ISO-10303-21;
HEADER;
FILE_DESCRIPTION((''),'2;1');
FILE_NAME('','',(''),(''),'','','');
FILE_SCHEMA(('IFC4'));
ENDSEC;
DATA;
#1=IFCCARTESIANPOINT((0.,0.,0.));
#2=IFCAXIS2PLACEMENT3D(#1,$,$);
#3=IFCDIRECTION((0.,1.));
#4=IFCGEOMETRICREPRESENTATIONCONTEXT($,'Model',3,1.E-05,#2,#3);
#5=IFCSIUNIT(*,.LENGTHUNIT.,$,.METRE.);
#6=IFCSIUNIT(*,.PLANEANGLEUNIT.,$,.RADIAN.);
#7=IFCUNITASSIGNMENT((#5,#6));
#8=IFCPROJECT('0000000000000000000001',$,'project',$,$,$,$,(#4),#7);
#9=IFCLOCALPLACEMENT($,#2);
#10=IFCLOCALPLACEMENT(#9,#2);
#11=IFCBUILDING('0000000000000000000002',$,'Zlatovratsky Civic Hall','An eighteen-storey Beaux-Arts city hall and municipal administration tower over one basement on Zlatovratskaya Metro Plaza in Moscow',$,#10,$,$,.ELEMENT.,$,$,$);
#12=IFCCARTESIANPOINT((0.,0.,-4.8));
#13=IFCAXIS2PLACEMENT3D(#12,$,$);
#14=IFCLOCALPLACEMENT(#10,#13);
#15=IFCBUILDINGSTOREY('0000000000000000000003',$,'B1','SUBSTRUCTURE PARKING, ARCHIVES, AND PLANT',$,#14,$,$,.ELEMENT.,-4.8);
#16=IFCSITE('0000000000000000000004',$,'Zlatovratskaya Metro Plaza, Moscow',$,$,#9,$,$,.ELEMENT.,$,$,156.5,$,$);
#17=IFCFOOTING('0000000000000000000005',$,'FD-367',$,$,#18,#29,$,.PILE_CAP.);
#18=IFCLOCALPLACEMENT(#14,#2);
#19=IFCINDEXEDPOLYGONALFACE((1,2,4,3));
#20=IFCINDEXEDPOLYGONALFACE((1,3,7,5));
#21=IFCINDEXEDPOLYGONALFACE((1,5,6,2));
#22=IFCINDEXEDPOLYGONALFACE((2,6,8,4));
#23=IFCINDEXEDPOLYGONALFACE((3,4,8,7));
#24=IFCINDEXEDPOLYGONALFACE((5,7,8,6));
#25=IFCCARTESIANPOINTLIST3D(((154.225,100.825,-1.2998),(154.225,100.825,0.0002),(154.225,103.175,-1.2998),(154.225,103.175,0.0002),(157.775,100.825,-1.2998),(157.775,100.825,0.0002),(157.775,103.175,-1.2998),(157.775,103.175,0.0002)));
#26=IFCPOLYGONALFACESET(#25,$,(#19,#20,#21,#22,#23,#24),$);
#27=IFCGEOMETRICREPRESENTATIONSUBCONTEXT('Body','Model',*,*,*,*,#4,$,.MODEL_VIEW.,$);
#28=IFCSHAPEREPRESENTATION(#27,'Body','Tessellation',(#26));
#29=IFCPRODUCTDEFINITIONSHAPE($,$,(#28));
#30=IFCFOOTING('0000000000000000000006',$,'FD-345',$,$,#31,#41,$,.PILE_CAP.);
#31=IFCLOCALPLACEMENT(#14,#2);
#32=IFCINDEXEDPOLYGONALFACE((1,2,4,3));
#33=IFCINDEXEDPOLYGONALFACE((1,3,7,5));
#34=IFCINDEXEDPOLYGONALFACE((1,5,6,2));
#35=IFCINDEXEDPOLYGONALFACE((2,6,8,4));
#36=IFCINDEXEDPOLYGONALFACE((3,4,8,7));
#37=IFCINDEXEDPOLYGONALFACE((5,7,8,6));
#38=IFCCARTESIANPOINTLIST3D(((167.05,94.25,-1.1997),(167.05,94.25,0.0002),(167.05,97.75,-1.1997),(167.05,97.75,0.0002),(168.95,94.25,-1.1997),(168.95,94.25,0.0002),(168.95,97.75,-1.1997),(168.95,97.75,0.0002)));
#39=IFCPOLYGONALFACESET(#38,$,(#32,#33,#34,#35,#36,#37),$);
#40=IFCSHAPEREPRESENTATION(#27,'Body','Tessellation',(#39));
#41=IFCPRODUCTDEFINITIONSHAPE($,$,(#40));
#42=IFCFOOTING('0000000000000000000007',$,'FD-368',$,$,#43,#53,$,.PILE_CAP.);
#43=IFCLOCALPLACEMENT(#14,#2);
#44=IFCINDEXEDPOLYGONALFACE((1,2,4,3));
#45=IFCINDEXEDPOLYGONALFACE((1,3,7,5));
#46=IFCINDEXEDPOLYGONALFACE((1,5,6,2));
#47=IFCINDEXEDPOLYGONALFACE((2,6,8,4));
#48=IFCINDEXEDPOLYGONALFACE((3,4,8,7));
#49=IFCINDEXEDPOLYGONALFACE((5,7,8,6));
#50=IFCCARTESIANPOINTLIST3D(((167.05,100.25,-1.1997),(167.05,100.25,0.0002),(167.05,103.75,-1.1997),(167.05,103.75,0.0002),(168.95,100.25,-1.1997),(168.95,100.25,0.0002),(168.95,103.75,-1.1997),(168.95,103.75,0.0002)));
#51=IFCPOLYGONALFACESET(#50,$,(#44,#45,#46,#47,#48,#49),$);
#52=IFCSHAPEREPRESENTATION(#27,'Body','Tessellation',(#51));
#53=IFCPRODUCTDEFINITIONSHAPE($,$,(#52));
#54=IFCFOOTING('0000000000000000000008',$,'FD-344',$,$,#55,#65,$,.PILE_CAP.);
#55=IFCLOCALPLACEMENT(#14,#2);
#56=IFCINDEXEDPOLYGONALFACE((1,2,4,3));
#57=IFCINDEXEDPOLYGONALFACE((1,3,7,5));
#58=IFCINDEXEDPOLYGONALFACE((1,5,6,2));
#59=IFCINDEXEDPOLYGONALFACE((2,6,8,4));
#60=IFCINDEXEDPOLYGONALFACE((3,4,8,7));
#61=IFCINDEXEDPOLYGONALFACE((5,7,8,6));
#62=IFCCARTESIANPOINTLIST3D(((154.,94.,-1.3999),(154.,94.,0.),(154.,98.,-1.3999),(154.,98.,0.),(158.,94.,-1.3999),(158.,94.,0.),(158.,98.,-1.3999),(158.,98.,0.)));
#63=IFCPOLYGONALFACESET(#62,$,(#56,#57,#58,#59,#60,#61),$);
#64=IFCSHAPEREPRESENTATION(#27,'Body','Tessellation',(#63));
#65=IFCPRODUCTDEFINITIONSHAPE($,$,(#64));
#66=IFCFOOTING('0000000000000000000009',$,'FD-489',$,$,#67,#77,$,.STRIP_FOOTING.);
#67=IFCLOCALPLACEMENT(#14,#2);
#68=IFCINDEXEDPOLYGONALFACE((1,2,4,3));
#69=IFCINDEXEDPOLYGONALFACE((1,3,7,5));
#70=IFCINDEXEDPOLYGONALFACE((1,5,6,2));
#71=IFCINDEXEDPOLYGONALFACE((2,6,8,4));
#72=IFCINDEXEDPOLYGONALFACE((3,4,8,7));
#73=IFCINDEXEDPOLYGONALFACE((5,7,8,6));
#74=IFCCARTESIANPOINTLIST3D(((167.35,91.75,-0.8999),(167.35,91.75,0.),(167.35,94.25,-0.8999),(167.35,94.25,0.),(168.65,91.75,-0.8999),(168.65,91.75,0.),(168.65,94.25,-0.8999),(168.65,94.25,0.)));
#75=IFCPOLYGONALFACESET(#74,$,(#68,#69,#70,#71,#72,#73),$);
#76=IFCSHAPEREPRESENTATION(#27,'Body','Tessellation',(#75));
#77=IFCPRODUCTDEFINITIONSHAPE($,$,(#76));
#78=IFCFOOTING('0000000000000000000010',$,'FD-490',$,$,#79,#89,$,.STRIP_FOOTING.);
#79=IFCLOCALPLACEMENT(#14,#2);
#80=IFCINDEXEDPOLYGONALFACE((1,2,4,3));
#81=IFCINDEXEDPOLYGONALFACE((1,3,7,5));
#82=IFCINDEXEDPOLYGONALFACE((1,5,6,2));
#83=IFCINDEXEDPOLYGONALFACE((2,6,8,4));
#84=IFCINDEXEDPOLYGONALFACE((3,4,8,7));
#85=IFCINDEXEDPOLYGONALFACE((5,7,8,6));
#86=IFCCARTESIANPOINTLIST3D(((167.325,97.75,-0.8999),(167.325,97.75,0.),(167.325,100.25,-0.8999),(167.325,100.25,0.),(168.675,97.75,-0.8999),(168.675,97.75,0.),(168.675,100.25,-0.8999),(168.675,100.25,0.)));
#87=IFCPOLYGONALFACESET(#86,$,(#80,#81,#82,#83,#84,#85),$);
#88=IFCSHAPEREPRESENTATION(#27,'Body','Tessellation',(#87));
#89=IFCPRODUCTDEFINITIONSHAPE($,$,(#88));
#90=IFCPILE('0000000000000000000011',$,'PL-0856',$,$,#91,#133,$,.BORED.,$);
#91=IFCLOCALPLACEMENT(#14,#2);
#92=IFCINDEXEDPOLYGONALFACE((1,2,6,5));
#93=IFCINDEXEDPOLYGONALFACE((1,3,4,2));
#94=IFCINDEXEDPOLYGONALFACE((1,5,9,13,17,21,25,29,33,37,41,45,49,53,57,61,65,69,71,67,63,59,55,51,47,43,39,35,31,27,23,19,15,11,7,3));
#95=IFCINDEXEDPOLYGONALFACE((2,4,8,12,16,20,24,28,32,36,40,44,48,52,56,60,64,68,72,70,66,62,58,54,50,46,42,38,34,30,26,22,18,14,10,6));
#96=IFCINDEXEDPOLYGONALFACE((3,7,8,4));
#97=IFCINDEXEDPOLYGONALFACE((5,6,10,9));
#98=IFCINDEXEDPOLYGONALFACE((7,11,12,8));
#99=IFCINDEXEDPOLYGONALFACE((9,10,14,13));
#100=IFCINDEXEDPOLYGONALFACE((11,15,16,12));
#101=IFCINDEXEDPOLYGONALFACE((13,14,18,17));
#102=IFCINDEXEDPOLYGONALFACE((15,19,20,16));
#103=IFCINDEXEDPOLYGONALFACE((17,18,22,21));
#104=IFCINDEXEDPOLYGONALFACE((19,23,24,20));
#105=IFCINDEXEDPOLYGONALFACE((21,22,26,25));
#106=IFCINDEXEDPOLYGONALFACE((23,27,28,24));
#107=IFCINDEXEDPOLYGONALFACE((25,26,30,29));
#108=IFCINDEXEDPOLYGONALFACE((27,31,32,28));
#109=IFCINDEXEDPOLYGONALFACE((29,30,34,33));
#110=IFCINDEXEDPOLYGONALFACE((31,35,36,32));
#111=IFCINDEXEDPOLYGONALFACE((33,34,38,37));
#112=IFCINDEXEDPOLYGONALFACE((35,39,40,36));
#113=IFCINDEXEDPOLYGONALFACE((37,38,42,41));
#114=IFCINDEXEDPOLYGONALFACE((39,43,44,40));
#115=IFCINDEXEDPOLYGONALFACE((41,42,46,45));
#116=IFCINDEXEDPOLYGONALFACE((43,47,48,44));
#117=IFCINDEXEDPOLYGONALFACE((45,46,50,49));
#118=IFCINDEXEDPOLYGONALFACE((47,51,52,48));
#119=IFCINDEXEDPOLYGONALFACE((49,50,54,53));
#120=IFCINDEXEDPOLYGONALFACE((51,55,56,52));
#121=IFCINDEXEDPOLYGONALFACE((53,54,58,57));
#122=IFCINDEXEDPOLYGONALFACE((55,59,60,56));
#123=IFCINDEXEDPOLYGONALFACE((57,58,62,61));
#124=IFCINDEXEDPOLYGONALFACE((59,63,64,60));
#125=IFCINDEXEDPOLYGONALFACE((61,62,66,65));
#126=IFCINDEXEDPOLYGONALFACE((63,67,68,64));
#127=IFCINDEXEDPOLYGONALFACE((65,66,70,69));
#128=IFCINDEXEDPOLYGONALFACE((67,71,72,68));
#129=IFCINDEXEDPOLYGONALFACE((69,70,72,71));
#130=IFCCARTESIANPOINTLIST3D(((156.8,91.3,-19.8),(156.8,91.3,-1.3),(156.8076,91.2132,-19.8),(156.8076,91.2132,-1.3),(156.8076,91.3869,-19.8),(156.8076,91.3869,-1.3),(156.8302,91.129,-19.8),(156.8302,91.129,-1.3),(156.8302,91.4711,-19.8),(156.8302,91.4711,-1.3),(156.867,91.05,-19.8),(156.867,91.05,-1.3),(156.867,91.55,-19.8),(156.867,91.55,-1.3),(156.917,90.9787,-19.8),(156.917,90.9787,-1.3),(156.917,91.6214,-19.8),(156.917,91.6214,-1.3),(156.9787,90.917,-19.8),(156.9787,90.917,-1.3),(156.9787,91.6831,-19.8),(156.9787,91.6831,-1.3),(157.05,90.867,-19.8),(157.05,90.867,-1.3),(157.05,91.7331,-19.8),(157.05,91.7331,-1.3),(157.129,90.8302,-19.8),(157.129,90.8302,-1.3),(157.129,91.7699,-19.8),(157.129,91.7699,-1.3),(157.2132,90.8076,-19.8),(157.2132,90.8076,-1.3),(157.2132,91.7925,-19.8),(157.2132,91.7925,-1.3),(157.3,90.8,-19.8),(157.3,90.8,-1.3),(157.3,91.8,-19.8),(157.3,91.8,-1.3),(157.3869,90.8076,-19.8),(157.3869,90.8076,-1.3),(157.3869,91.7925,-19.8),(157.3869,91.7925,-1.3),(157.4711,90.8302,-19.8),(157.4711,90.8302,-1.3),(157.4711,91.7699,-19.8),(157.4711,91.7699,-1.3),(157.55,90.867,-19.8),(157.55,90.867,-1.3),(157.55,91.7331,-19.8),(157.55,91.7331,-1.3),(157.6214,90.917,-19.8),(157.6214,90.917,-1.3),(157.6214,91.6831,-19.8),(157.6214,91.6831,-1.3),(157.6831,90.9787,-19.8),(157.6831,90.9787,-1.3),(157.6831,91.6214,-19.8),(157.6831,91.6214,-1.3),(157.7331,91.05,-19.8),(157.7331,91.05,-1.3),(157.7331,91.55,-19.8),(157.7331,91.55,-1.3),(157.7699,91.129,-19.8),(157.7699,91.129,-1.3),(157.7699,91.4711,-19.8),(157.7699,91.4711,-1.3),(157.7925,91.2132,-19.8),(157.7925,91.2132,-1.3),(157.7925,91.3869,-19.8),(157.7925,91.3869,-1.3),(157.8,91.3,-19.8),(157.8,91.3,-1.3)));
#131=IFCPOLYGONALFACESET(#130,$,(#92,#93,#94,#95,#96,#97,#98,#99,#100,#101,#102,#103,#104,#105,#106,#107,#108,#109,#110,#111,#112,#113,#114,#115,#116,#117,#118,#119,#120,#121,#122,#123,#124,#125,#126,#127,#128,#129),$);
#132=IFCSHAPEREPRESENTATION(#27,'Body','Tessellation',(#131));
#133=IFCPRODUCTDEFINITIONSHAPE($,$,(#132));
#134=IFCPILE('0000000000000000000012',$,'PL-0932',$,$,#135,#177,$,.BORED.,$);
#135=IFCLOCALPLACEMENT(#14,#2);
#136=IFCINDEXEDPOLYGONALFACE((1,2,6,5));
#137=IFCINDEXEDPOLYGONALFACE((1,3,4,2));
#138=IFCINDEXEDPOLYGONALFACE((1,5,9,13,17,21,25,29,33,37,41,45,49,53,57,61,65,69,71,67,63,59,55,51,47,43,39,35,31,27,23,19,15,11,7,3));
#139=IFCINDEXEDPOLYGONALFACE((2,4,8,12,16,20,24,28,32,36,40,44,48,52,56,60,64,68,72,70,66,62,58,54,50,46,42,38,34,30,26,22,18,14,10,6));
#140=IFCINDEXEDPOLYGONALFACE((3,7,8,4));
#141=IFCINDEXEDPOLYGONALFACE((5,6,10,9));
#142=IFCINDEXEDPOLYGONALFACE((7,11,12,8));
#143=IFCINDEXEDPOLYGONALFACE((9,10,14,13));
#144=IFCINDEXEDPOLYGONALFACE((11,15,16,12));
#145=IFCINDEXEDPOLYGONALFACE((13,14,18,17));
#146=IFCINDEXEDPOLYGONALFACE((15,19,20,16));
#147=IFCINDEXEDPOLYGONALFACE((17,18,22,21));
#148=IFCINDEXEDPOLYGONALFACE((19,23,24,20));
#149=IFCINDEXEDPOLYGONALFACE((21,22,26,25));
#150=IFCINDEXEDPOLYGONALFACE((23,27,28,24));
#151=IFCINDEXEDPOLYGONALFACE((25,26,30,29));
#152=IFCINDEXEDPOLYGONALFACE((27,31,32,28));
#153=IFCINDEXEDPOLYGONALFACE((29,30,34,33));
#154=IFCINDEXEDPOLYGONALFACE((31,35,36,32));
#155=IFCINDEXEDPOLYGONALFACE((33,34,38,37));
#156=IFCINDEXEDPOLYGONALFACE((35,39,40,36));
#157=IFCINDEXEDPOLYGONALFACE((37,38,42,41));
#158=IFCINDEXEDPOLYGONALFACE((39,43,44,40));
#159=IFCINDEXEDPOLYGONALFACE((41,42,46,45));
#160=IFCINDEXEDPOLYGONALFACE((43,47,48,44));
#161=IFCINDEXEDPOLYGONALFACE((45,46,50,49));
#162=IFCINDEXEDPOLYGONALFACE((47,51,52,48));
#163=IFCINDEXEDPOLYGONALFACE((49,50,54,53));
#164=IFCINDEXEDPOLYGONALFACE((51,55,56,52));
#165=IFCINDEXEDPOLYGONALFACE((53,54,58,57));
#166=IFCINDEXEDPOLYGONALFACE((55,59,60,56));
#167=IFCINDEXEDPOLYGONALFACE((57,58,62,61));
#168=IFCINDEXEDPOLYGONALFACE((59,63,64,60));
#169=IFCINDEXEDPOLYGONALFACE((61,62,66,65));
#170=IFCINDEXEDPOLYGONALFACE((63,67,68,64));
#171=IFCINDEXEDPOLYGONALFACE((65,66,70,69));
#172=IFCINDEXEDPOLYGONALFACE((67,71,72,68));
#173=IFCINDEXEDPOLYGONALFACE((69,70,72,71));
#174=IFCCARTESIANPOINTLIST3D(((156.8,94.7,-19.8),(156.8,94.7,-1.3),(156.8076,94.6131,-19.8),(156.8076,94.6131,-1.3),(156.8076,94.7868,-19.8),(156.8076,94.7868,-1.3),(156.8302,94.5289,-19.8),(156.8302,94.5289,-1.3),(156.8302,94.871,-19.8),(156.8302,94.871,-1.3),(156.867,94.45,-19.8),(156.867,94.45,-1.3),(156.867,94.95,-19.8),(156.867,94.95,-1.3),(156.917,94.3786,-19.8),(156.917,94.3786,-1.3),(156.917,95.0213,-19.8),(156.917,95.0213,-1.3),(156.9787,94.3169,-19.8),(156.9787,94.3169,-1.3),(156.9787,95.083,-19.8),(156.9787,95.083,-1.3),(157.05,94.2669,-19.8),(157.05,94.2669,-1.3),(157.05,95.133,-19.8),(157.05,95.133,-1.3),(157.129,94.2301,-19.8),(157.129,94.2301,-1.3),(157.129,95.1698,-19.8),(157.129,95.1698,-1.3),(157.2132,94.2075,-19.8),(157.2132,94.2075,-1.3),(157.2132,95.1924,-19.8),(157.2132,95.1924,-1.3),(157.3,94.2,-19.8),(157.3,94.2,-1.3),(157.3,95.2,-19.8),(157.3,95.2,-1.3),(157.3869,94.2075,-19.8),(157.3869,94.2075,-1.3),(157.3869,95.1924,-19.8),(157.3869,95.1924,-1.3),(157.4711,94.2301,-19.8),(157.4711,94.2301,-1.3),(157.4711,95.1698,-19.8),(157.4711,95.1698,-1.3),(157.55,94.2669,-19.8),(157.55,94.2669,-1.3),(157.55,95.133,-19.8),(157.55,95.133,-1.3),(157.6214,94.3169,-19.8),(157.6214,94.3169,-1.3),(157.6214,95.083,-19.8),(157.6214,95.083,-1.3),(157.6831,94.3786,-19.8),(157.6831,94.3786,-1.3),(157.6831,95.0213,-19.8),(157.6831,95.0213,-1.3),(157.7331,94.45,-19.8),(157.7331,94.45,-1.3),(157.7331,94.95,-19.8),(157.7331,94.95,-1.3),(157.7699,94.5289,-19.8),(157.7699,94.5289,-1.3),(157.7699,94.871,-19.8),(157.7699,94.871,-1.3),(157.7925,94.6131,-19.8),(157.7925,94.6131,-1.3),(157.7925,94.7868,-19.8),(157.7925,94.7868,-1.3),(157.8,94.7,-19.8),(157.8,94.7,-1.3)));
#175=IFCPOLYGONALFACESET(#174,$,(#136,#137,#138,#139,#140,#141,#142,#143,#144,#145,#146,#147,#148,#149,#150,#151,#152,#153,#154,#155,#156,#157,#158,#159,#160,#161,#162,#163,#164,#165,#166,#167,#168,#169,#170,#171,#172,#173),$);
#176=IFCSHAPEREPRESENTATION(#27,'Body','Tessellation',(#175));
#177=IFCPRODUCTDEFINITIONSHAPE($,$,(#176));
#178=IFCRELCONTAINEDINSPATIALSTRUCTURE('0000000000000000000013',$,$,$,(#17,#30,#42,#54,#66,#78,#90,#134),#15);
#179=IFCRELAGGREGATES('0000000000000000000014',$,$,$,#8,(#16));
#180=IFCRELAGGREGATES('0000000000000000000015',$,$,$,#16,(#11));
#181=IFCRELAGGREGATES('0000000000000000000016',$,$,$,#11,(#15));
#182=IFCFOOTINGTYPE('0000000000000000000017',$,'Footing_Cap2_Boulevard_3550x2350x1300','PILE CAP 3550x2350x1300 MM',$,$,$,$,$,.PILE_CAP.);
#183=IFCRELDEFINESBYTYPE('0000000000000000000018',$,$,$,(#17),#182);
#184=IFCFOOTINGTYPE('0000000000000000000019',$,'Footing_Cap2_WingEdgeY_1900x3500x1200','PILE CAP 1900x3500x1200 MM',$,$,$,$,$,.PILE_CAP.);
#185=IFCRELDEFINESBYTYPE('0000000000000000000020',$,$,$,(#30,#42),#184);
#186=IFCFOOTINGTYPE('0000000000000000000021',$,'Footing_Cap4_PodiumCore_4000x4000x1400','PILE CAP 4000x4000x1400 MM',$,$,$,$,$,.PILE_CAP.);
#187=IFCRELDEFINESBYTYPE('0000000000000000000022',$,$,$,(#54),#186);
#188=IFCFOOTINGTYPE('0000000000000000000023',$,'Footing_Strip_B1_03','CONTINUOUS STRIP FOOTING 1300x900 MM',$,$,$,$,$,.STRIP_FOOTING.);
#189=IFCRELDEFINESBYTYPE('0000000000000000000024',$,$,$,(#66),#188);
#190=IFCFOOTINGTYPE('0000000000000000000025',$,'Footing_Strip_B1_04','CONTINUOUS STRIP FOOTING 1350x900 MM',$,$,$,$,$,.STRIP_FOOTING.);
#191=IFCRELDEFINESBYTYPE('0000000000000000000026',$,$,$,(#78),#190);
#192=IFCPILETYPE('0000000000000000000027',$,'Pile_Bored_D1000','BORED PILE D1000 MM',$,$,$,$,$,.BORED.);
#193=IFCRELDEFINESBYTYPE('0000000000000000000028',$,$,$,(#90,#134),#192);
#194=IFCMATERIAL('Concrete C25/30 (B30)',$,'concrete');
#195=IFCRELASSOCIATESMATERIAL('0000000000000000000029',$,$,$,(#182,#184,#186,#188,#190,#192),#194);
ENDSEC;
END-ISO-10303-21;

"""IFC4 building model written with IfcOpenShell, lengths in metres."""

from ifc_helpers import new_model, si_unit, direction, frame, origin, origin_2d, place, context, subcontext, project, spatial, rectangle, circle, extrude, material, material_profile, profile_set, type_object, element, save


model = new_model("IFC4")

# Units and contexts
model_context = context("Model", 3, precision=1e-05, world=origin(), true_north=direction((0.0, 1.0)))
body_context = subcontext(model_context, "Body", "Model", "MODEL_VIEW")
ifc_project = project(units=[si_unit("LENGTHUNIT", "METRE"), si_unit("PLANEANGLEUNIT", "RADIAN")], contexts=[model_context])

# Site, building, storey
site_placement = place(None, origin())
site = spatial("IfcSite", under=ifc_project, at=site_placement, Name="Zlatovratskaya Metro Plaza, Moscow", CompositionType="ELEMENT", RefElevation=156.5)
building_placement = place(site_placement, origin())
building = spatial("IfcBuilding", under=site, at=building_placement, Name="Zlatovratsky Civic Hall", Description="An eighteen-storey Beaux-Arts city hall and municipal administration tower over one basement on Zlatovratskaya Metro Plaza in Moscow", CompositionType="ELEMENT")
storey_placement = place(building_placement, frame((0.0, 0.0, -4.8)))
storey = spatial("IfcBuildingStorey", under=building, at=storey_placement, Name="B1", Description="SUBSTRUCTURE PARKING, ARCHIVES, AND PLANT", CompositionType="ELEMENT", Elevation=-4.8)

# Footings
ifc_material_1 = material(Name="Concrete C25/30 (B30)", Category="concrete")
footing_type_1 = type_object("IfcFootingType", Name="Footing_Cap2_Boulevard_3550x2350x1300", Description="PILE CAP 3550x2350x1300 MM", PredefinedType="PILE_CAP", material=ifc_material_1)
footing_1_placement = place(storey_placement, frame((156.0, 102.0, -1.2998), z_axis=(0.0, 0.0, 1.0), x_axis=(1.0, 0.0, 0.0)))
element("IfcFooting", 1, at=footing_1_placement, inside=storey, type_object=footing_type_1, Name="FD-367", PredefinedType="PILE_CAP", context=body_context, shape_type="SweptSolid", body=[
    extrude(rectangle(XDim=3.55, YDim=2.3501, at=origin_2d()), origin(), (0.0, 0.0, 1.0), 1.3),
])
footing_type_2 = type_object("IfcFootingType", Name="Footing_Cap2_WingEdgeY_1900x3500x1200", Description="PILE CAP 1900x3500x1200 MM", PredefinedType="PILE_CAP", material=ifc_material_1)
for number, where, z_axis, x_axis, name in (
    (2, (168.0, 96.0, -1.1997), (0.0, 0.0, 1.0), (1.0, 0.0, 0.0), "FD-345"),
    (3, (168.0, 102.0, -1.1997), (0.0, 0.0, 1.0), (1.0, 0.0, 0.0), "FD-368"),
):
    element("IfcFooting", number, at=place(storey_placement, frame(where, z_axis=z_axis, x_axis=x_axis)), inside=storey, type_object=footing_type_2, Name=name, PredefinedType="PILE_CAP", context=body_context, shape_type="SweptSolid", body=[
        extrude(rectangle(XDim=1.8999, YDim=3.5, at=origin_2d()), origin(), (0.0, 0.0, 1.0), 1.2),
    ])
footing_type_3 = type_object("IfcFootingType", Name="Footing_Cap4_PodiumCore_4000x4000x1400", Description="PILE CAP 4000x4000x1400 MM", PredefinedType="PILE_CAP", material=ifc_material_1)
footing_2_placement = place(storey_placement, frame((156.0, 96.0, -1.3999), z_axis=(0.0, 0.0, 1.0), x_axis=(1.0, 0.0, 0.0)))
element("IfcFooting", 4, at=footing_2_placement, inside=storey, type_object=footing_type_3, Name="FD-344", PredefinedType="PILE_CAP", context=body_context, shape_type="SweptSolid", body=[
    extrude(rectangle(XDim=4.0, YDim=4.0, at=origin_2d()), origin(), (0.0, 0.0, 1.0), 1.3999),
])
footing_type_4 = type_object("IfcFootingType", Name="Footing_Strip_B1_03", Description="CONTINUOUS STRIP FOOTING 1300x900 MM", PredefinedType="STRIP_FOOTING", material=ifc_material_1)
footing_3_placement = place(storey_placement, frame((168.0, 93.0, -0.8999), z_axis=(0.0, 0.0, 1.0), x_axis=(1.0, 0.0, 0.0)))
element("IfcFooting", 5, at=footing_3_placement, inside=storey, type_object=footing_type_4, Name="FD-489", PredefinedType="STRIP_FOOTING", context=body_context, shape_type="SweptSolid", body=[
    extrude(rectangle(XDim=1.3, YDim=2.5, at=origin_2d()), origin(), (0.0, 0.0, 1.0), 0.8999),
])
footing_type_5 = type_object("IfcFootingType", Name="Footing_Strip_B1_04", Description="CONTINUOUS STRIP FOOTING 1350x900 MM", PredefinedType="STRIP_FOOTING", material=ifc_material_1)
footing_4_placement = place(storey_placement, frame((168.0, 99.0, -0.8999), z_axis=(0.0, 0.0, 1.0), x_axis=(1.0, 0.0, 0.0)))
element("IfcFooting", 6, at=footing_4_placement, inside=storey, type_object=footing_type_5, Name="FD-490", PredefinedType="STRIP_FOOTING", context=body_context, shape_type="SweptSolid", body=[
    extrude(rectangle(XDim=1.3501, YDim=2.5, at=origin_2d()), origin(), (0.0, 0.0, 1.0), 0.8999),
])

# Piles
ifc_material_profile_1 = material_profile(ifc_material_1, circle(Radius=0.5, at=origin_2d()), Name="PILE D1000")
ifc_profile_set_1 = profile_set([ifc_material_profile_1], Name="Concrete C25/30 (B30)")
pile_type_1 = type_object("IfcPileType", Name="Pile_Bored_D1000", Description="BORED PILE D1000 MM", PredefinedType="BORED", material=ifc_profile_set_1)
for number, where, z_axis, x_axis, name in (
    (7, (157.3, 91.3, -1.3), (0.0, 0.0, -1.0), (1.0, 0.0, 0.0), "PL-0856"),
    (8, (157.3, 94.7, -1.3), (0.0, 0.0, -1.0), (1.0, 0.0, 0.0), "PL-0932"),
):
    element("IfcPile", number, at=place(storey_placement, frame(where, z_axis=z_axis, x_axis=x_axis)), inside=storey, type_object=pile_type_1, Name=name, PredefinedType="BORED", context=body_context, shape_type="SweptSolid", body=[
        extrude(circle(Radius=0.5, at=origin_2d()), origin(), (0.0, 0.0, 1.0), 18.5),
    ])

save(model, "model.ifc")
